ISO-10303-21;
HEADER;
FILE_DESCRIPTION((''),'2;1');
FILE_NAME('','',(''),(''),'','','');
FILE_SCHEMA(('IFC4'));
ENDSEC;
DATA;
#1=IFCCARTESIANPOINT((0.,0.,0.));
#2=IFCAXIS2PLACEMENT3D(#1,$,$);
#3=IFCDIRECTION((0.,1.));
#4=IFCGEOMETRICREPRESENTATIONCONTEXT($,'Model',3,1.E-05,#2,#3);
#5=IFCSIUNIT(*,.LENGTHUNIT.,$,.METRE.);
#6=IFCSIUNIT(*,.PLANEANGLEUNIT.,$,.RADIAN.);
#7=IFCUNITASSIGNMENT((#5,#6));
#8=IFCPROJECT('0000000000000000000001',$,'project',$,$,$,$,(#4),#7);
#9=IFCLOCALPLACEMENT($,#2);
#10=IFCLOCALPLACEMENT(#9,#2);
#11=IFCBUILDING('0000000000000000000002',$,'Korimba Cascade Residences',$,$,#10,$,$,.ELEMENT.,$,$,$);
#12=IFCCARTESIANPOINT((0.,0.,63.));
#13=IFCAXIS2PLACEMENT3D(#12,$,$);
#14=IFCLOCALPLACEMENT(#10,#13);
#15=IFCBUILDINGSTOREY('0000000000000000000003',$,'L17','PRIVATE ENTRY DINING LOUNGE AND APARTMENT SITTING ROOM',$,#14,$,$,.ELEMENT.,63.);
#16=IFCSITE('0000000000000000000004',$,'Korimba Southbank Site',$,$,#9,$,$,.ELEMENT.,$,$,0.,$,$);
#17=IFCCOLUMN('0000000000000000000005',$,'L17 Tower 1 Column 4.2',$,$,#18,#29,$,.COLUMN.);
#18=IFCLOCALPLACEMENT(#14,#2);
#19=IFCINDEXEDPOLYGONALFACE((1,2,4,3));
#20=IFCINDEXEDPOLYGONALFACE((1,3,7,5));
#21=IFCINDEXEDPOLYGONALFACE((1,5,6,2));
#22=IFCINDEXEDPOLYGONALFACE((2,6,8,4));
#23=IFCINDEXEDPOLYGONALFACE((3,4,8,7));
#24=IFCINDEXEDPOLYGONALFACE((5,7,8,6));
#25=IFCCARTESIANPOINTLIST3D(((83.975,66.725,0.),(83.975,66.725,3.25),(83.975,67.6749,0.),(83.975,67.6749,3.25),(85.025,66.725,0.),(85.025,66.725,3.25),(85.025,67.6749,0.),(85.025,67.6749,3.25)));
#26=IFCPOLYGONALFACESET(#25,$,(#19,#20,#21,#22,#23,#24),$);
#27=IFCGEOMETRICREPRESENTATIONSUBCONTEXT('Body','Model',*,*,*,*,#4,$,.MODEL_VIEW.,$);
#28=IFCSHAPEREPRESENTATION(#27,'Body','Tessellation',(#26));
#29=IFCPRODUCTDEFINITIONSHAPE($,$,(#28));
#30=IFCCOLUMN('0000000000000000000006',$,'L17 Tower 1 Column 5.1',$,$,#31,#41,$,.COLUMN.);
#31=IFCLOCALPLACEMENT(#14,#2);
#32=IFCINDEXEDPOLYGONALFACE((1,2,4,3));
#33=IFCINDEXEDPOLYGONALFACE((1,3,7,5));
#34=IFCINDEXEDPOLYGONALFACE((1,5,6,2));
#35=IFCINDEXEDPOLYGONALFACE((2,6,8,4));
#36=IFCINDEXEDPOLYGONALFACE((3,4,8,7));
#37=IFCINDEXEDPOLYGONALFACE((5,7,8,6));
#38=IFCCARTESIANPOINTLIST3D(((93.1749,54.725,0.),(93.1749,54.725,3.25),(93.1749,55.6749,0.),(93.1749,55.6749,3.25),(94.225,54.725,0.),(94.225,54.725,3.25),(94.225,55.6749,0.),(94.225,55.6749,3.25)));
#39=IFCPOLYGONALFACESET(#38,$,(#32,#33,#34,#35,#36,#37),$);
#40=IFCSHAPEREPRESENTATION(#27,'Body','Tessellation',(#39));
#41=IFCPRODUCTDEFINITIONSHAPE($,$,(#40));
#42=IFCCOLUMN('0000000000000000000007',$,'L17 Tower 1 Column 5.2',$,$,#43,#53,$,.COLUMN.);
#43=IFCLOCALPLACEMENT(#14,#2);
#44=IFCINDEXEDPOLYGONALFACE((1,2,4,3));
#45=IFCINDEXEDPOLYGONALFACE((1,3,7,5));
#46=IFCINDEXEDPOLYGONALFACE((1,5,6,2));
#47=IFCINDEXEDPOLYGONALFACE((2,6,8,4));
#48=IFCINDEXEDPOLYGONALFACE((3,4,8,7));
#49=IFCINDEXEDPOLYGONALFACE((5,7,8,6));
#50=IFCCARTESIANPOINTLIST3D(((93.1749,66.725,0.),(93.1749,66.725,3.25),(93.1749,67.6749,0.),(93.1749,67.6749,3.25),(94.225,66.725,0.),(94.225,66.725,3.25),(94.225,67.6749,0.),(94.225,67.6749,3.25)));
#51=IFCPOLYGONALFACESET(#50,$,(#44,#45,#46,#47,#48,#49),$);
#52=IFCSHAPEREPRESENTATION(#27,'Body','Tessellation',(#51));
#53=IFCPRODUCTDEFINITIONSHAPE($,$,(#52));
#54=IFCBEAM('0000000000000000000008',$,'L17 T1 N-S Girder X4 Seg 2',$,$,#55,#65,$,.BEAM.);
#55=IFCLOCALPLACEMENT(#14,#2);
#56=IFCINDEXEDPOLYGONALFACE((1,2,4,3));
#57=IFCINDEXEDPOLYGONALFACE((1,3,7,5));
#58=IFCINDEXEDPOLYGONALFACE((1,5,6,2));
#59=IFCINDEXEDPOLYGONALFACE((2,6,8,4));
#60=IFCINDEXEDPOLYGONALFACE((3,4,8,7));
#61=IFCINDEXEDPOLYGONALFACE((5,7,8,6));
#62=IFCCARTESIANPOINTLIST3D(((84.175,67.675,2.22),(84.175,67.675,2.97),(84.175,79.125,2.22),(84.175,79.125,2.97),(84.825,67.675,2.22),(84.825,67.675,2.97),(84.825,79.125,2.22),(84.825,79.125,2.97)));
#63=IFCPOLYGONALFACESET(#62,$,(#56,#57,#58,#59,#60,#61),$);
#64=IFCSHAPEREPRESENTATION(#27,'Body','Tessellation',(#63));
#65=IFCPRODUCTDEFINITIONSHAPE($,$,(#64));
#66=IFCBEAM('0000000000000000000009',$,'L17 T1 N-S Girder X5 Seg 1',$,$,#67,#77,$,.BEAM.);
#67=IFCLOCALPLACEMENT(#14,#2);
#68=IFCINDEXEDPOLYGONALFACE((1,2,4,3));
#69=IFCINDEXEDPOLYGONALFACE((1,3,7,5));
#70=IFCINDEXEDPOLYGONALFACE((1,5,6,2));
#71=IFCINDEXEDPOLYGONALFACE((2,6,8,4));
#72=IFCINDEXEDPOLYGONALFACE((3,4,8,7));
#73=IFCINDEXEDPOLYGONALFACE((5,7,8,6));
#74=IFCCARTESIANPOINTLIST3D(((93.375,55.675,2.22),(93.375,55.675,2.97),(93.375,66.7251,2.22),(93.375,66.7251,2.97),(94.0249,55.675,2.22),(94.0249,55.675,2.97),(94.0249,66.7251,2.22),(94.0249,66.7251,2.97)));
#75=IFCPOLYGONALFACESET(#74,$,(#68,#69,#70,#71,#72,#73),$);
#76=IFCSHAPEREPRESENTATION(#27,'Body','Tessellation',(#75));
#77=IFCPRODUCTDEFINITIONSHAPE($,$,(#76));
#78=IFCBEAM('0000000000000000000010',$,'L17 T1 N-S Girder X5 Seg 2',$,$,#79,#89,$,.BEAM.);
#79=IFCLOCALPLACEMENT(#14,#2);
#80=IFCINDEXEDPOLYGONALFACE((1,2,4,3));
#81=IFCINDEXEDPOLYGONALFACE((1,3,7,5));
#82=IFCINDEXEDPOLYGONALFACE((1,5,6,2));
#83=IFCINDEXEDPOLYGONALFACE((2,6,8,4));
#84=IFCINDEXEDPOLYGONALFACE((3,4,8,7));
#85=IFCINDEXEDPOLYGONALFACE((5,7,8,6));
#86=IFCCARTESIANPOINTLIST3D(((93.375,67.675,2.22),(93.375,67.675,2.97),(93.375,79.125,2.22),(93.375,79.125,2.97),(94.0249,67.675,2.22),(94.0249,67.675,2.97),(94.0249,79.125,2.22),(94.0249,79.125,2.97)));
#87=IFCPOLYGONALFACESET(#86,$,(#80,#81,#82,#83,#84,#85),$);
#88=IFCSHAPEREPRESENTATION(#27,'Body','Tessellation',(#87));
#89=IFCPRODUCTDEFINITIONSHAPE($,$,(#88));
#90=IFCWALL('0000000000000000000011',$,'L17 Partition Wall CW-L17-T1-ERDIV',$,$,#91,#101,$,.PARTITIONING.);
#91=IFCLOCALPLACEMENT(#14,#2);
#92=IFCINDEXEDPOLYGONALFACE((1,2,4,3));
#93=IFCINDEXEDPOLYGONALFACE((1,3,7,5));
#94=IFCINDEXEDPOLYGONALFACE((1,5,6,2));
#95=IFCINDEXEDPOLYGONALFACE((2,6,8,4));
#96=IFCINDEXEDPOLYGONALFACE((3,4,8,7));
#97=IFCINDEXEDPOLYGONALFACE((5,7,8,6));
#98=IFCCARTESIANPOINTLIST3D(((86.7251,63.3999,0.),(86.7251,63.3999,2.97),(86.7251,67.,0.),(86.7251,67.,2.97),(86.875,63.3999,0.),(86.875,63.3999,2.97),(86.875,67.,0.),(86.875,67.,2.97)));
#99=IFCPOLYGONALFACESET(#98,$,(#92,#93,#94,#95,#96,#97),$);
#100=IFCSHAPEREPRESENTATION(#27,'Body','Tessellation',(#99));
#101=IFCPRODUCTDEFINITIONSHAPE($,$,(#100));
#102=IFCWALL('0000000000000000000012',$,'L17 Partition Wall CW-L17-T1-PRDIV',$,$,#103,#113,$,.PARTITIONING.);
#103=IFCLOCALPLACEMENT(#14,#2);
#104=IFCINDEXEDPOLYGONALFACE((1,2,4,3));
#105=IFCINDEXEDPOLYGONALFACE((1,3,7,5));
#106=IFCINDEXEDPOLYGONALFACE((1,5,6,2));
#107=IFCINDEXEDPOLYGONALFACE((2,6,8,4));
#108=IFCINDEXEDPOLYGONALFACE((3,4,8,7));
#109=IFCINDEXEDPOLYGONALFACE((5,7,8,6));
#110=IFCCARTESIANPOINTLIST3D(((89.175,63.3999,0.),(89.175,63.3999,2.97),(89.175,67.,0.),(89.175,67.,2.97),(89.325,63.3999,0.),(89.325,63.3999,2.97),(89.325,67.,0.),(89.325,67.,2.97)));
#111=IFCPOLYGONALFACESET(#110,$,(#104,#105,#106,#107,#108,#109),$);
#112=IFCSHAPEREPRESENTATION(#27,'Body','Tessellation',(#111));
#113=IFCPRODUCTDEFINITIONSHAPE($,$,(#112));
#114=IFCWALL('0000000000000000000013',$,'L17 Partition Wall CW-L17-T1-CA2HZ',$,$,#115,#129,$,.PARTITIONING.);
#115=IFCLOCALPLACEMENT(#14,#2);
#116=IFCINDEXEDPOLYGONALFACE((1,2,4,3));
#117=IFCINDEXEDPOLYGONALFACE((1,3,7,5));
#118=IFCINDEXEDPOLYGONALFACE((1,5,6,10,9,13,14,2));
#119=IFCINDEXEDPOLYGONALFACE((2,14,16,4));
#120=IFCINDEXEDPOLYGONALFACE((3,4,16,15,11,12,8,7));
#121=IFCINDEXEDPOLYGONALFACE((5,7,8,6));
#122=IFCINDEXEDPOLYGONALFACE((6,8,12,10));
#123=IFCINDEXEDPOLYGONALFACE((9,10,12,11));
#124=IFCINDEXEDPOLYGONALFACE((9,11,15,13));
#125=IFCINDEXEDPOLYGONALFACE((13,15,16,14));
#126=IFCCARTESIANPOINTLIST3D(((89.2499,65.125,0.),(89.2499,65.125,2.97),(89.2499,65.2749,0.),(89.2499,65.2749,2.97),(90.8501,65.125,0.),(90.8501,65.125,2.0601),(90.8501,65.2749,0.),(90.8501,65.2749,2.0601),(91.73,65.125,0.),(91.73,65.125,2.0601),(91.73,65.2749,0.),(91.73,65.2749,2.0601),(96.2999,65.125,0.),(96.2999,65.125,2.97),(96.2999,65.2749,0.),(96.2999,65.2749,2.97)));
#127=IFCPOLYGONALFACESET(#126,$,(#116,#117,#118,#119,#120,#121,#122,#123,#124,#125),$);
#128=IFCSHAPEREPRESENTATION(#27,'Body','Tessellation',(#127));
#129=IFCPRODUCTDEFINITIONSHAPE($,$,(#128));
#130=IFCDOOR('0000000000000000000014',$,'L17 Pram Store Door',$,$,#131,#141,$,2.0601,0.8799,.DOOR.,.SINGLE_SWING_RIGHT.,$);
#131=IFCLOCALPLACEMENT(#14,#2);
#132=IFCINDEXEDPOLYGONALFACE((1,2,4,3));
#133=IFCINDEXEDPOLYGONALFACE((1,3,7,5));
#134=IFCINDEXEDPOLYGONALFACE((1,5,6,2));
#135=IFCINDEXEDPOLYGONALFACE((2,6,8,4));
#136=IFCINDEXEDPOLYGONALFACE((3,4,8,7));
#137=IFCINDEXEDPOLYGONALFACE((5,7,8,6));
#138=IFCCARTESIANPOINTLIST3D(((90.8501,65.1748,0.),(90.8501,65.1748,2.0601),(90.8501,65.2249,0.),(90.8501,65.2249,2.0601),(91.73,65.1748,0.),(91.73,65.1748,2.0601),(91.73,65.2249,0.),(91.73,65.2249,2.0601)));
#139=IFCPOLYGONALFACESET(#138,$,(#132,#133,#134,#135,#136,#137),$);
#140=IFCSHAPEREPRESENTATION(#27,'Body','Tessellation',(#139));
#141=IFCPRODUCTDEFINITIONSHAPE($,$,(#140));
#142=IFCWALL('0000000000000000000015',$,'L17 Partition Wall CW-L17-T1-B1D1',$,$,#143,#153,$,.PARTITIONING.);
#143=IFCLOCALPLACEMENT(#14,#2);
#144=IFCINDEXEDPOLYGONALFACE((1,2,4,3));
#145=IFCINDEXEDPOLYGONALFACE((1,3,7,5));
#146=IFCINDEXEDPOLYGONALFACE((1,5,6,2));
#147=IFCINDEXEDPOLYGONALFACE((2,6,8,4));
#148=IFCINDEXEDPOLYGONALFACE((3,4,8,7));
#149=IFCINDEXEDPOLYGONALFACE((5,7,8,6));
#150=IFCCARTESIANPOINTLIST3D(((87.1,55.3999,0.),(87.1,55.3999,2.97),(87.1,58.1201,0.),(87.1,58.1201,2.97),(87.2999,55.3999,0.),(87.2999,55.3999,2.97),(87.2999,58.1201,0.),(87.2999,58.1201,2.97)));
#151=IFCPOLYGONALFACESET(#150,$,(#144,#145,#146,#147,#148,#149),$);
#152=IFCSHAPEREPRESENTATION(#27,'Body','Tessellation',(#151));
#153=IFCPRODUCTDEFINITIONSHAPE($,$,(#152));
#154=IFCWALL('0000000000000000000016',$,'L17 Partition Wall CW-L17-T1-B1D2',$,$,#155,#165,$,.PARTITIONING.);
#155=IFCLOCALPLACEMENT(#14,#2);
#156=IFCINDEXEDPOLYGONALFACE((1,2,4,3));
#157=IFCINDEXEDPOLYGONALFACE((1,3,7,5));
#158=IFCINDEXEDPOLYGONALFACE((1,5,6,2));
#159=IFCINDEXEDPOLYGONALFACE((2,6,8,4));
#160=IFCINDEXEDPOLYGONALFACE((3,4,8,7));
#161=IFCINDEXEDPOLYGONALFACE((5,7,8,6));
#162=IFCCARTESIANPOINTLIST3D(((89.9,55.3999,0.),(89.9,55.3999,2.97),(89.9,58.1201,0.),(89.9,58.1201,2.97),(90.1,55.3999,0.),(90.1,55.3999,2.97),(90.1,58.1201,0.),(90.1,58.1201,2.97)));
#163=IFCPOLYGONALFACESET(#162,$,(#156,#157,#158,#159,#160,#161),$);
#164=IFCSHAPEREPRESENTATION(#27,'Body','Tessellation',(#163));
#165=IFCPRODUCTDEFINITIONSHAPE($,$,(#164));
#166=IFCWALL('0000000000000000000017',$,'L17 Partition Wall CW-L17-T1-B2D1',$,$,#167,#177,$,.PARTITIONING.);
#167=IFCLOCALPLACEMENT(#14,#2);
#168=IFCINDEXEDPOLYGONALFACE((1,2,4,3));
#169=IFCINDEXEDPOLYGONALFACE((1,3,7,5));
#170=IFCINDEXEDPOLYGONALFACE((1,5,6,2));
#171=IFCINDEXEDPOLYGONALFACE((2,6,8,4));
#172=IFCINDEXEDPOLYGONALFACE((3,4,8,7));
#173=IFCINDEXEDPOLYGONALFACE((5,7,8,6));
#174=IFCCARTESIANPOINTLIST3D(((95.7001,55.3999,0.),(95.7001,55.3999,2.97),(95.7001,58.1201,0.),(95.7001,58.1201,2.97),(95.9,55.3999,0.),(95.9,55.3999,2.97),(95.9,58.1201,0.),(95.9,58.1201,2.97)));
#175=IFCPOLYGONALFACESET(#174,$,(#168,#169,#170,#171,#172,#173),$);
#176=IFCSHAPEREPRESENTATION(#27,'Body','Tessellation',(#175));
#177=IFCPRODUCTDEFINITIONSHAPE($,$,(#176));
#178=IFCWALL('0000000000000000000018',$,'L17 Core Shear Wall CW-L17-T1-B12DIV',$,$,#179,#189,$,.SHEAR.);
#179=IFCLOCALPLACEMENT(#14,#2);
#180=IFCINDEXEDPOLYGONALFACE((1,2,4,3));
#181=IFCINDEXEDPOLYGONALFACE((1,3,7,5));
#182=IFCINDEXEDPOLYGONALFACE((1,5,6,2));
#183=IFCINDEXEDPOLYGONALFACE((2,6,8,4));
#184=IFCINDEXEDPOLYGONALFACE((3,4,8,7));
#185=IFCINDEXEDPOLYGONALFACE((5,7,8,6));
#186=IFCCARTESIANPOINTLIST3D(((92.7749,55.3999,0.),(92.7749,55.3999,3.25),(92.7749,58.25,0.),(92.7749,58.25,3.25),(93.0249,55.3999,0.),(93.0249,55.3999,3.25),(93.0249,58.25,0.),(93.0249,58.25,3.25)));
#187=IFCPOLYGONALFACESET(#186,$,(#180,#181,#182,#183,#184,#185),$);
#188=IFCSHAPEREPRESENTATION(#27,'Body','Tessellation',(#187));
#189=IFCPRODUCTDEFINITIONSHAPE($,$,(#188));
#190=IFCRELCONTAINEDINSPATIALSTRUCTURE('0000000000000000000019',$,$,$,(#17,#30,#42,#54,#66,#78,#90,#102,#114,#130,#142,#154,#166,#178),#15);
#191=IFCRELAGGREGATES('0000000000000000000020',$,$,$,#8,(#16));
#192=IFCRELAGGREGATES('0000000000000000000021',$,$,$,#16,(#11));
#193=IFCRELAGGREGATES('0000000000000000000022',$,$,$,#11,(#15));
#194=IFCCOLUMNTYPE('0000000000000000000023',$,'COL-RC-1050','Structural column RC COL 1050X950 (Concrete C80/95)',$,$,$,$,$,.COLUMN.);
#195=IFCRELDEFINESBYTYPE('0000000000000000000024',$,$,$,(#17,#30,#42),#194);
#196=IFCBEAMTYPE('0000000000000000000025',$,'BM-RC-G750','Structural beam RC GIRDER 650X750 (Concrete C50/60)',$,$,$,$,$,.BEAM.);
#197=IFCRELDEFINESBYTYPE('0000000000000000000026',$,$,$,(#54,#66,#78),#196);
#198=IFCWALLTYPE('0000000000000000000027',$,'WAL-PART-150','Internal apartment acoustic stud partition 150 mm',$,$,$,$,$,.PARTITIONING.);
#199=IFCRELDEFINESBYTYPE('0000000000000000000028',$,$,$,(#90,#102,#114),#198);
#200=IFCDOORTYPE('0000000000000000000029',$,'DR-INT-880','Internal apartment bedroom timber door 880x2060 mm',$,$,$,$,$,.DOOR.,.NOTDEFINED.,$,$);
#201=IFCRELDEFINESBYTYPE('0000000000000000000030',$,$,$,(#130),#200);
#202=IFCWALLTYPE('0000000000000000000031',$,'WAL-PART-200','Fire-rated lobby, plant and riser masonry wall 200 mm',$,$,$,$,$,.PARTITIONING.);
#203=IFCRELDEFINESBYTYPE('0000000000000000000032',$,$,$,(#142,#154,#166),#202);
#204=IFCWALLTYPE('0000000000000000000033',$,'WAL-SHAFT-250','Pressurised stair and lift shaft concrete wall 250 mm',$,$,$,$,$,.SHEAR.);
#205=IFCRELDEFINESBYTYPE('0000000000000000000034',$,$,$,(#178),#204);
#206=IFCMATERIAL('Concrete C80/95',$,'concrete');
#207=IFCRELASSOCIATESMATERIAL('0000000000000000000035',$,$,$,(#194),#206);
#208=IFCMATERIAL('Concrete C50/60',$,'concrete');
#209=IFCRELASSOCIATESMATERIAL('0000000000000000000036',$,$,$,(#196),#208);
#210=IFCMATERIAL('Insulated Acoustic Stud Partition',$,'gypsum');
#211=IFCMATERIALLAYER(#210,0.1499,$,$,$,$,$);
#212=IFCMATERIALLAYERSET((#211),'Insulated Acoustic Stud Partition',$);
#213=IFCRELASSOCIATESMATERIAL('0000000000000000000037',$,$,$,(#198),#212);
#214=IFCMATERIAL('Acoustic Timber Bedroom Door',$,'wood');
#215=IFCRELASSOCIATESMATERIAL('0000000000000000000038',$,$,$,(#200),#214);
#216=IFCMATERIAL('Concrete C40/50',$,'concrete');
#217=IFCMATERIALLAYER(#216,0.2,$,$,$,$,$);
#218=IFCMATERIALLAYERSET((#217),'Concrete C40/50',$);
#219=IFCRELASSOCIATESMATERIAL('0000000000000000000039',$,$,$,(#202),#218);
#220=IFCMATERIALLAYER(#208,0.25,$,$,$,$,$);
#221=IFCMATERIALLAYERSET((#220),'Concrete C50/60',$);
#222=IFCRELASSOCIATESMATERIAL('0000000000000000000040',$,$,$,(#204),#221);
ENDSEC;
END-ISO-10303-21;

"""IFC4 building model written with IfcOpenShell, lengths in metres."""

from ifc_helpers import new_model, si_unit, direction, frame, frame_2d, origin, origin_2d, place, context, subcontext, project, spatial, rectangle, extrude, material, layer, layer_set, material_profile, profile_set, type_object, element, fill, save


model = new_model("IFC4")

# Units and contexts
model_context = context("Model", 3, precision=1e-05, world=origin(), true_north=direction((0.0, 1.0)))
body_context = subcontext(model_context, "Body", "Model", "MODEL_VIEW")
ifc_project = project(units=[si_unit("LENGTHUNIT", "METRE"), si_unit("PLANEANGLEUNIT", "RADIAN")], contexts=[model_context])

# Site, building, storey
site_placement = place(None, origin())
site = spatial("IfcSite", under=ifc_project, at=site_placement, Name="Korimba Southbank Site", CompositionType="ELEMENT", RefElevation=0.0)
building_placement = place(site_placement, origin())
building = spatial("IfcBuilding", under=site, at=building_placement, Name="Korimba Cascade Residences", CompositionType="ELEMENT")
storey_placement = place(building_placement, frame((0.0, 0.0, 63.0)))
storey = spatial("IfcBuildingStorey", under=building, at=storey_placement, Name="L17", Description="PRIVATE ENTRY DINING LOUNGE AND APARTMENT SITTING ROOM", CompositionType="ELEMENT", Elevation=63.0)

# Columns
ifc_material_1 = material(Name="Concrete C80/95", Category="concrete")
ifc_material_profile_1 = material_profile(ifc_material_1, rectangle(XDim=1.05, YDim=0.95, at=origin_2d()), Name="Concrete C80/95")
ifc_profile_set_1 = profile_set([ifc_material_profile_1], Name="Concrete C80/95")
column_type = type_object("IfcColumnType", Name="COL-RC-1050", Description="Structural column RC COL 1050X950 (Concrete C80/95)", PredefinedType="COLUMN", material=ifc_profile_set_1)
for number, where, z_axis, x_axis, name in (
    (1, (84.5, 67.2, 0.0), (0.0, 0.0, 1.0), (1.0, 0.0, 0.0), "L17 Tower 1 Column 4.2"),
    (2, (93.7, 55.2, 0.0), (0.0, 0.0, 1.0), (1.0, 0.0, 0.0), "L17 Tower 1 Column 5.1"),
    (3, (93.7, 67.2, 0.0), (0.0, 0.0, 1.0), (1.0, 0.0, 0.0), "L17 Tower 1 Column 5.2"),
):
    element("IfcColumn", number, at=place(storey_placement, frame(where, z_axis=z_axis, x_axis=x_axis)), inside=storey, type_object=column_type, Name=name, PredefinedType="COLUMN", context=body_context, shape_type="SweptSolid", body=[
        extrude(rectangle(XDim=1.05, YDim=0.95, at=origin_2d()), origin(), (0.0, 0.0, 1.0), 3.25),
    ])

# Beams
ifc_material_2 = material(Name="Concrete C50/60", Category="concrete")
ifc_material_profile_2 = material_profile(ifc_material_2, rectangle(XDim=0.6499, YDim=0.75, at=origin_2d()), Name="Concrete C50/60")
ifc_profile_set_2 = profile_set([ifc_material_profile_2], Name="Concrete C50/60")
beam_type = type_object("IfcBeamType", Name="BM-RC-G750", Description="Structural beam RC GIRDER 650X750 (Concrete C50/60)", PredefinedType="BEAM", material=ifc_profile_set_2)
beam_1_placement = place(storey_placement, frame((84.5, 67.675, 2.595), z_axis=(0.0, 1.0, 0.0), x_axis=(-1.0, 0.0, 0.0)))
element("IfcBeam", 4, at=beam_1_placement, inside=storey, type_object=beam_type, Name="L17 T1 N-S Girder X4 Seg 2", PredefinedType="BEAM", context=body_context, shape_type="SweptSolid", body=[
    extrude(rectangle(XDim=0.6499, YDim=0.75, at=origin_2d()), origin(), (0.0, 0.0, 1.0), 11.45),
])
beam_2_placement = place(storey_placement, frame((93.7, 55.675, 2.595), z_axis=(0.0, 1.0, 0.0), x_axis=(-1.0, 0.0, 0.0)))
element("IfcBeam", 5, at=beam_2_placement, inside=storey, type_object=beam_type, Name="L17 T1 N-S Girder X5 Seg 1", PredefinedType="BEAM", context=body_context, shape_type="SweptSolid", body=[
    extrude(rectangle(XDim=0.6499, YDim=0.75, at=origin_2d()), origin(), (0.0, 0.0, 1.0), 11.05),
])
beam_3_placement = place(storey_placement, frame((93.7, 67.675, 2.595), z_axis=(0.0, 1.0, 0.0), x_axis=(-1.0, 0.0, 0.0)))
element("IfcBeam", 6, at=beam_3_placement, inside=storey, type_object=beam_type, Name="L17 T1 N-S Girder X5 Seg 2", PredefinedType="BEAM", context=body_context, shape_type="SweptSolid", body=[
    extrude(rectangle(XDim=0.6499, YDim=0.75, at=origin_2d()), origin(), (0.0, 0.0, 1.0), 11.45),
])

# Walls
ifc_material_3 = material(Name="Insulated Acoustic Stud Partition", Category="gypsum")
ifc_layer_1 = layer(ifc_material_3, 0.1499)
ifc_layer_set_1 = layer_set([ifc_layer_1], Name="Insulated Acoustic Stud Partition")
wall_type_1 = type_object("IfcWallType", Name="WAL-PART-150", Description="Internal apartment acoustic stud partition 150 mm", PredefinedType="PARTITIONING", material=ifc_layer_set_1)
for number, where, z_axis, x_axis, name in (
    (7, (86.8, 63.3999, 0.0), (0.0, 0.0, 1.0), (0.0, 1.0, 0.0), "L17 Partition Wall CW-L17-T1-ERDIV"),
    (8, (89.25, 63.3999, 0.0), (0.0, 0.0, 1.0), (0.0, 1.0, 0.0), "L17 Partition Wall CW-L17-T1-PRDIV"),
):
    element("IfcWall", number, at=place(storey_placement, frame(where, z_axis=z_axis, x_axis=x_axis)), inside=storey, type_object=wall_type_1, Name=name, PredefinedType="PARTITIONING", context=body_context, shape_type="SweptSolid", body=[
        extrude(rectangle(XDim=3.6001, YDim=0.1499, at=frame_2d((1.8, 0.0))), origin(), (0.0, 0.0, 1.0), 2.97),
    ])

# Wall, opening, door
wall_1_placement = place(storey_placement, frame((89.25, 65.2, 0.0), z_axis=(0.0, 0.0, 1.0), x_axis=(1.0, 0.0, 0.0)))
wall_1 = element("IfcWall", 9, at=wall_1_placement, inside=storey, type_object=wall_type_1, Name="L17 Partition Wall CW-L17-T1-CA2HZ", PredefinedType="PARTITIONING", context=body_context, shape_type="SweptSolid", body=[
    extrude(rectangle(XDim=7.05, YDim=0.1499, at=frame_2d((3.5249, 0.0))), origin(), (0.0, 0.0, 1.0), 2.97),
])
opening_placement = place(wall_1_placement, frame((1.6001, 0.0, 0.0)))
opening = element("IfcOpeningElement", 10, at=opening_placement, cuts=wall_1, PredefinedType="OPENING", context=body_context, shape_type="SweptSolid", body=[
    extrude(rectangle(XDim=0.8799, YDim=2.0601, at=frame_2d((0.4399, 1.03))), frame((0.0, 0.085, 0.0), z_axis=(0.0, -1.0, 0.0), x_axis=(1.0, 0.0, 0.0)), (0.0, 0.0, 1.0), 0.1699),
])
ifc_material_4 = material(Name="Acoustic Timber Bedroom Door", Category="wood")
door_type = type_object("IfcDoorType", Name="DR-INT-880", Description="Internal apartment bedroom timber door 880x2060 mm", OperationType="NOTDEFINED", PredefinedType="DOOR", material=ifc_material_4)
door_placement = place(opening_placement, origin())
door = element("IfcDoor", 11, at=door_placement, inside=storey, type_object=door_type, Name="L17 Pram Store Door", OperationType="SINGLE_SWING_RIGHT", OverallHeight=2.0601, OverallWidth=0.8799, PredefinedType="DOOR", context=body_context, shape_type="SweptSolid", body=[
    extrude(rectangle(XDim=0.8799, YDim=2.0601, at=frame_2d((0.4399, 1.03))), frame((0.0, 0.0249, 0.0), z_axis=(0.0, -1.0, 0.0), x_axis=(1.0, 0.0, 0.0)), (0.0, 0.0, 1.0), 0.05),
])
fill(opening, door)

# Walls
ifc_material_5 = material(Name="Concrete C40/50", Category="concrete")
ifc_layer_2 = layer(ifc_material_5, 0.2)
ifc_layer_set_2 = layer_set([ifc_layer_2], Name="Concrete C40/50")
wall_type_2 = type_object("IfcWallType", Name="WAL-PART-200", Description="Fire-rated lobby, plant and riser masonry wall 200 mm", PredefinedType="PARTITIONING", material=ifc_layer_set_2)
for number, where, z_axis, x_axis, name in (
    (12, (87.2, 55.3999, 0.0), (0.0, 0.0, 1.0), (0.0, 1.0, 0.0), "L17 Partition Wall CW-L17-T1-B1D1"),
    (13, (90.0, 55.3999, 0.0), (0.0, 0.0, 1.0), (0.0, 1.0, 0.0), "L17 Partition Wall CW-L17-T1-B1D2"),
    (14, (95.8, 55.3999, 0.0), (0.0, 0.0, 1.0), (0.0, 1.0, 0.0), "L17 Partition Wall CW-L17-T1-B2D1"),
):
    element("IfcWall", number, at=place(storey_placement, frame(where, z_axis=z_axis, x_axis=x_axis)), inside=storey, type_object=wall_type_2, Name=name, PredefinedType="PARTITIONING", context=body_context, shape_type="SweptSolid", body=[
        extrude(rectangle(XDim=2.7202, YDim=0.2, at=frame_2d((1.3601, 0.0))), origin(), (0.0, 0.0, 1.0), 2.97),
    ])
ifc_layer_3 = layer(ifc_material_2, 0.25)
ifc_layer_set_3 = layer_set([ifc_layer_3], Name="Concrete C50/60")
wall_type_3 = type_object("IfcWallType", Name="WAL-SHAFT-250", Description="Pressurised stair and lift shaft concrete wall 250 mm", PredefinedType="SHEAR", material=ifc_layer_set_3)
wall_2_placement = place(storey_placement, frame((92.8999, 55.3999, 0.0), z_axis=(0.0, 0.0, 1.0), x_axis=(0.0, 1.0, 0.0)))
element("IfcWall", 15, at=wall_2_placement, inside=storey, type_object=wall_type_3, Name="L17 Core Shear Wall CW-L17-T1-B12DIV", PredefinedType="SHEAR", context=body_context, shape_type="SweptSolid", body=[
    extrude(rectangle(XDim=2.8501, YDim=0.25, at=frame_2d((1.425, 0.0))), origin(), (0.0, 0.0, 1.0), 3.25),
])

save(model, "model.ifc")
